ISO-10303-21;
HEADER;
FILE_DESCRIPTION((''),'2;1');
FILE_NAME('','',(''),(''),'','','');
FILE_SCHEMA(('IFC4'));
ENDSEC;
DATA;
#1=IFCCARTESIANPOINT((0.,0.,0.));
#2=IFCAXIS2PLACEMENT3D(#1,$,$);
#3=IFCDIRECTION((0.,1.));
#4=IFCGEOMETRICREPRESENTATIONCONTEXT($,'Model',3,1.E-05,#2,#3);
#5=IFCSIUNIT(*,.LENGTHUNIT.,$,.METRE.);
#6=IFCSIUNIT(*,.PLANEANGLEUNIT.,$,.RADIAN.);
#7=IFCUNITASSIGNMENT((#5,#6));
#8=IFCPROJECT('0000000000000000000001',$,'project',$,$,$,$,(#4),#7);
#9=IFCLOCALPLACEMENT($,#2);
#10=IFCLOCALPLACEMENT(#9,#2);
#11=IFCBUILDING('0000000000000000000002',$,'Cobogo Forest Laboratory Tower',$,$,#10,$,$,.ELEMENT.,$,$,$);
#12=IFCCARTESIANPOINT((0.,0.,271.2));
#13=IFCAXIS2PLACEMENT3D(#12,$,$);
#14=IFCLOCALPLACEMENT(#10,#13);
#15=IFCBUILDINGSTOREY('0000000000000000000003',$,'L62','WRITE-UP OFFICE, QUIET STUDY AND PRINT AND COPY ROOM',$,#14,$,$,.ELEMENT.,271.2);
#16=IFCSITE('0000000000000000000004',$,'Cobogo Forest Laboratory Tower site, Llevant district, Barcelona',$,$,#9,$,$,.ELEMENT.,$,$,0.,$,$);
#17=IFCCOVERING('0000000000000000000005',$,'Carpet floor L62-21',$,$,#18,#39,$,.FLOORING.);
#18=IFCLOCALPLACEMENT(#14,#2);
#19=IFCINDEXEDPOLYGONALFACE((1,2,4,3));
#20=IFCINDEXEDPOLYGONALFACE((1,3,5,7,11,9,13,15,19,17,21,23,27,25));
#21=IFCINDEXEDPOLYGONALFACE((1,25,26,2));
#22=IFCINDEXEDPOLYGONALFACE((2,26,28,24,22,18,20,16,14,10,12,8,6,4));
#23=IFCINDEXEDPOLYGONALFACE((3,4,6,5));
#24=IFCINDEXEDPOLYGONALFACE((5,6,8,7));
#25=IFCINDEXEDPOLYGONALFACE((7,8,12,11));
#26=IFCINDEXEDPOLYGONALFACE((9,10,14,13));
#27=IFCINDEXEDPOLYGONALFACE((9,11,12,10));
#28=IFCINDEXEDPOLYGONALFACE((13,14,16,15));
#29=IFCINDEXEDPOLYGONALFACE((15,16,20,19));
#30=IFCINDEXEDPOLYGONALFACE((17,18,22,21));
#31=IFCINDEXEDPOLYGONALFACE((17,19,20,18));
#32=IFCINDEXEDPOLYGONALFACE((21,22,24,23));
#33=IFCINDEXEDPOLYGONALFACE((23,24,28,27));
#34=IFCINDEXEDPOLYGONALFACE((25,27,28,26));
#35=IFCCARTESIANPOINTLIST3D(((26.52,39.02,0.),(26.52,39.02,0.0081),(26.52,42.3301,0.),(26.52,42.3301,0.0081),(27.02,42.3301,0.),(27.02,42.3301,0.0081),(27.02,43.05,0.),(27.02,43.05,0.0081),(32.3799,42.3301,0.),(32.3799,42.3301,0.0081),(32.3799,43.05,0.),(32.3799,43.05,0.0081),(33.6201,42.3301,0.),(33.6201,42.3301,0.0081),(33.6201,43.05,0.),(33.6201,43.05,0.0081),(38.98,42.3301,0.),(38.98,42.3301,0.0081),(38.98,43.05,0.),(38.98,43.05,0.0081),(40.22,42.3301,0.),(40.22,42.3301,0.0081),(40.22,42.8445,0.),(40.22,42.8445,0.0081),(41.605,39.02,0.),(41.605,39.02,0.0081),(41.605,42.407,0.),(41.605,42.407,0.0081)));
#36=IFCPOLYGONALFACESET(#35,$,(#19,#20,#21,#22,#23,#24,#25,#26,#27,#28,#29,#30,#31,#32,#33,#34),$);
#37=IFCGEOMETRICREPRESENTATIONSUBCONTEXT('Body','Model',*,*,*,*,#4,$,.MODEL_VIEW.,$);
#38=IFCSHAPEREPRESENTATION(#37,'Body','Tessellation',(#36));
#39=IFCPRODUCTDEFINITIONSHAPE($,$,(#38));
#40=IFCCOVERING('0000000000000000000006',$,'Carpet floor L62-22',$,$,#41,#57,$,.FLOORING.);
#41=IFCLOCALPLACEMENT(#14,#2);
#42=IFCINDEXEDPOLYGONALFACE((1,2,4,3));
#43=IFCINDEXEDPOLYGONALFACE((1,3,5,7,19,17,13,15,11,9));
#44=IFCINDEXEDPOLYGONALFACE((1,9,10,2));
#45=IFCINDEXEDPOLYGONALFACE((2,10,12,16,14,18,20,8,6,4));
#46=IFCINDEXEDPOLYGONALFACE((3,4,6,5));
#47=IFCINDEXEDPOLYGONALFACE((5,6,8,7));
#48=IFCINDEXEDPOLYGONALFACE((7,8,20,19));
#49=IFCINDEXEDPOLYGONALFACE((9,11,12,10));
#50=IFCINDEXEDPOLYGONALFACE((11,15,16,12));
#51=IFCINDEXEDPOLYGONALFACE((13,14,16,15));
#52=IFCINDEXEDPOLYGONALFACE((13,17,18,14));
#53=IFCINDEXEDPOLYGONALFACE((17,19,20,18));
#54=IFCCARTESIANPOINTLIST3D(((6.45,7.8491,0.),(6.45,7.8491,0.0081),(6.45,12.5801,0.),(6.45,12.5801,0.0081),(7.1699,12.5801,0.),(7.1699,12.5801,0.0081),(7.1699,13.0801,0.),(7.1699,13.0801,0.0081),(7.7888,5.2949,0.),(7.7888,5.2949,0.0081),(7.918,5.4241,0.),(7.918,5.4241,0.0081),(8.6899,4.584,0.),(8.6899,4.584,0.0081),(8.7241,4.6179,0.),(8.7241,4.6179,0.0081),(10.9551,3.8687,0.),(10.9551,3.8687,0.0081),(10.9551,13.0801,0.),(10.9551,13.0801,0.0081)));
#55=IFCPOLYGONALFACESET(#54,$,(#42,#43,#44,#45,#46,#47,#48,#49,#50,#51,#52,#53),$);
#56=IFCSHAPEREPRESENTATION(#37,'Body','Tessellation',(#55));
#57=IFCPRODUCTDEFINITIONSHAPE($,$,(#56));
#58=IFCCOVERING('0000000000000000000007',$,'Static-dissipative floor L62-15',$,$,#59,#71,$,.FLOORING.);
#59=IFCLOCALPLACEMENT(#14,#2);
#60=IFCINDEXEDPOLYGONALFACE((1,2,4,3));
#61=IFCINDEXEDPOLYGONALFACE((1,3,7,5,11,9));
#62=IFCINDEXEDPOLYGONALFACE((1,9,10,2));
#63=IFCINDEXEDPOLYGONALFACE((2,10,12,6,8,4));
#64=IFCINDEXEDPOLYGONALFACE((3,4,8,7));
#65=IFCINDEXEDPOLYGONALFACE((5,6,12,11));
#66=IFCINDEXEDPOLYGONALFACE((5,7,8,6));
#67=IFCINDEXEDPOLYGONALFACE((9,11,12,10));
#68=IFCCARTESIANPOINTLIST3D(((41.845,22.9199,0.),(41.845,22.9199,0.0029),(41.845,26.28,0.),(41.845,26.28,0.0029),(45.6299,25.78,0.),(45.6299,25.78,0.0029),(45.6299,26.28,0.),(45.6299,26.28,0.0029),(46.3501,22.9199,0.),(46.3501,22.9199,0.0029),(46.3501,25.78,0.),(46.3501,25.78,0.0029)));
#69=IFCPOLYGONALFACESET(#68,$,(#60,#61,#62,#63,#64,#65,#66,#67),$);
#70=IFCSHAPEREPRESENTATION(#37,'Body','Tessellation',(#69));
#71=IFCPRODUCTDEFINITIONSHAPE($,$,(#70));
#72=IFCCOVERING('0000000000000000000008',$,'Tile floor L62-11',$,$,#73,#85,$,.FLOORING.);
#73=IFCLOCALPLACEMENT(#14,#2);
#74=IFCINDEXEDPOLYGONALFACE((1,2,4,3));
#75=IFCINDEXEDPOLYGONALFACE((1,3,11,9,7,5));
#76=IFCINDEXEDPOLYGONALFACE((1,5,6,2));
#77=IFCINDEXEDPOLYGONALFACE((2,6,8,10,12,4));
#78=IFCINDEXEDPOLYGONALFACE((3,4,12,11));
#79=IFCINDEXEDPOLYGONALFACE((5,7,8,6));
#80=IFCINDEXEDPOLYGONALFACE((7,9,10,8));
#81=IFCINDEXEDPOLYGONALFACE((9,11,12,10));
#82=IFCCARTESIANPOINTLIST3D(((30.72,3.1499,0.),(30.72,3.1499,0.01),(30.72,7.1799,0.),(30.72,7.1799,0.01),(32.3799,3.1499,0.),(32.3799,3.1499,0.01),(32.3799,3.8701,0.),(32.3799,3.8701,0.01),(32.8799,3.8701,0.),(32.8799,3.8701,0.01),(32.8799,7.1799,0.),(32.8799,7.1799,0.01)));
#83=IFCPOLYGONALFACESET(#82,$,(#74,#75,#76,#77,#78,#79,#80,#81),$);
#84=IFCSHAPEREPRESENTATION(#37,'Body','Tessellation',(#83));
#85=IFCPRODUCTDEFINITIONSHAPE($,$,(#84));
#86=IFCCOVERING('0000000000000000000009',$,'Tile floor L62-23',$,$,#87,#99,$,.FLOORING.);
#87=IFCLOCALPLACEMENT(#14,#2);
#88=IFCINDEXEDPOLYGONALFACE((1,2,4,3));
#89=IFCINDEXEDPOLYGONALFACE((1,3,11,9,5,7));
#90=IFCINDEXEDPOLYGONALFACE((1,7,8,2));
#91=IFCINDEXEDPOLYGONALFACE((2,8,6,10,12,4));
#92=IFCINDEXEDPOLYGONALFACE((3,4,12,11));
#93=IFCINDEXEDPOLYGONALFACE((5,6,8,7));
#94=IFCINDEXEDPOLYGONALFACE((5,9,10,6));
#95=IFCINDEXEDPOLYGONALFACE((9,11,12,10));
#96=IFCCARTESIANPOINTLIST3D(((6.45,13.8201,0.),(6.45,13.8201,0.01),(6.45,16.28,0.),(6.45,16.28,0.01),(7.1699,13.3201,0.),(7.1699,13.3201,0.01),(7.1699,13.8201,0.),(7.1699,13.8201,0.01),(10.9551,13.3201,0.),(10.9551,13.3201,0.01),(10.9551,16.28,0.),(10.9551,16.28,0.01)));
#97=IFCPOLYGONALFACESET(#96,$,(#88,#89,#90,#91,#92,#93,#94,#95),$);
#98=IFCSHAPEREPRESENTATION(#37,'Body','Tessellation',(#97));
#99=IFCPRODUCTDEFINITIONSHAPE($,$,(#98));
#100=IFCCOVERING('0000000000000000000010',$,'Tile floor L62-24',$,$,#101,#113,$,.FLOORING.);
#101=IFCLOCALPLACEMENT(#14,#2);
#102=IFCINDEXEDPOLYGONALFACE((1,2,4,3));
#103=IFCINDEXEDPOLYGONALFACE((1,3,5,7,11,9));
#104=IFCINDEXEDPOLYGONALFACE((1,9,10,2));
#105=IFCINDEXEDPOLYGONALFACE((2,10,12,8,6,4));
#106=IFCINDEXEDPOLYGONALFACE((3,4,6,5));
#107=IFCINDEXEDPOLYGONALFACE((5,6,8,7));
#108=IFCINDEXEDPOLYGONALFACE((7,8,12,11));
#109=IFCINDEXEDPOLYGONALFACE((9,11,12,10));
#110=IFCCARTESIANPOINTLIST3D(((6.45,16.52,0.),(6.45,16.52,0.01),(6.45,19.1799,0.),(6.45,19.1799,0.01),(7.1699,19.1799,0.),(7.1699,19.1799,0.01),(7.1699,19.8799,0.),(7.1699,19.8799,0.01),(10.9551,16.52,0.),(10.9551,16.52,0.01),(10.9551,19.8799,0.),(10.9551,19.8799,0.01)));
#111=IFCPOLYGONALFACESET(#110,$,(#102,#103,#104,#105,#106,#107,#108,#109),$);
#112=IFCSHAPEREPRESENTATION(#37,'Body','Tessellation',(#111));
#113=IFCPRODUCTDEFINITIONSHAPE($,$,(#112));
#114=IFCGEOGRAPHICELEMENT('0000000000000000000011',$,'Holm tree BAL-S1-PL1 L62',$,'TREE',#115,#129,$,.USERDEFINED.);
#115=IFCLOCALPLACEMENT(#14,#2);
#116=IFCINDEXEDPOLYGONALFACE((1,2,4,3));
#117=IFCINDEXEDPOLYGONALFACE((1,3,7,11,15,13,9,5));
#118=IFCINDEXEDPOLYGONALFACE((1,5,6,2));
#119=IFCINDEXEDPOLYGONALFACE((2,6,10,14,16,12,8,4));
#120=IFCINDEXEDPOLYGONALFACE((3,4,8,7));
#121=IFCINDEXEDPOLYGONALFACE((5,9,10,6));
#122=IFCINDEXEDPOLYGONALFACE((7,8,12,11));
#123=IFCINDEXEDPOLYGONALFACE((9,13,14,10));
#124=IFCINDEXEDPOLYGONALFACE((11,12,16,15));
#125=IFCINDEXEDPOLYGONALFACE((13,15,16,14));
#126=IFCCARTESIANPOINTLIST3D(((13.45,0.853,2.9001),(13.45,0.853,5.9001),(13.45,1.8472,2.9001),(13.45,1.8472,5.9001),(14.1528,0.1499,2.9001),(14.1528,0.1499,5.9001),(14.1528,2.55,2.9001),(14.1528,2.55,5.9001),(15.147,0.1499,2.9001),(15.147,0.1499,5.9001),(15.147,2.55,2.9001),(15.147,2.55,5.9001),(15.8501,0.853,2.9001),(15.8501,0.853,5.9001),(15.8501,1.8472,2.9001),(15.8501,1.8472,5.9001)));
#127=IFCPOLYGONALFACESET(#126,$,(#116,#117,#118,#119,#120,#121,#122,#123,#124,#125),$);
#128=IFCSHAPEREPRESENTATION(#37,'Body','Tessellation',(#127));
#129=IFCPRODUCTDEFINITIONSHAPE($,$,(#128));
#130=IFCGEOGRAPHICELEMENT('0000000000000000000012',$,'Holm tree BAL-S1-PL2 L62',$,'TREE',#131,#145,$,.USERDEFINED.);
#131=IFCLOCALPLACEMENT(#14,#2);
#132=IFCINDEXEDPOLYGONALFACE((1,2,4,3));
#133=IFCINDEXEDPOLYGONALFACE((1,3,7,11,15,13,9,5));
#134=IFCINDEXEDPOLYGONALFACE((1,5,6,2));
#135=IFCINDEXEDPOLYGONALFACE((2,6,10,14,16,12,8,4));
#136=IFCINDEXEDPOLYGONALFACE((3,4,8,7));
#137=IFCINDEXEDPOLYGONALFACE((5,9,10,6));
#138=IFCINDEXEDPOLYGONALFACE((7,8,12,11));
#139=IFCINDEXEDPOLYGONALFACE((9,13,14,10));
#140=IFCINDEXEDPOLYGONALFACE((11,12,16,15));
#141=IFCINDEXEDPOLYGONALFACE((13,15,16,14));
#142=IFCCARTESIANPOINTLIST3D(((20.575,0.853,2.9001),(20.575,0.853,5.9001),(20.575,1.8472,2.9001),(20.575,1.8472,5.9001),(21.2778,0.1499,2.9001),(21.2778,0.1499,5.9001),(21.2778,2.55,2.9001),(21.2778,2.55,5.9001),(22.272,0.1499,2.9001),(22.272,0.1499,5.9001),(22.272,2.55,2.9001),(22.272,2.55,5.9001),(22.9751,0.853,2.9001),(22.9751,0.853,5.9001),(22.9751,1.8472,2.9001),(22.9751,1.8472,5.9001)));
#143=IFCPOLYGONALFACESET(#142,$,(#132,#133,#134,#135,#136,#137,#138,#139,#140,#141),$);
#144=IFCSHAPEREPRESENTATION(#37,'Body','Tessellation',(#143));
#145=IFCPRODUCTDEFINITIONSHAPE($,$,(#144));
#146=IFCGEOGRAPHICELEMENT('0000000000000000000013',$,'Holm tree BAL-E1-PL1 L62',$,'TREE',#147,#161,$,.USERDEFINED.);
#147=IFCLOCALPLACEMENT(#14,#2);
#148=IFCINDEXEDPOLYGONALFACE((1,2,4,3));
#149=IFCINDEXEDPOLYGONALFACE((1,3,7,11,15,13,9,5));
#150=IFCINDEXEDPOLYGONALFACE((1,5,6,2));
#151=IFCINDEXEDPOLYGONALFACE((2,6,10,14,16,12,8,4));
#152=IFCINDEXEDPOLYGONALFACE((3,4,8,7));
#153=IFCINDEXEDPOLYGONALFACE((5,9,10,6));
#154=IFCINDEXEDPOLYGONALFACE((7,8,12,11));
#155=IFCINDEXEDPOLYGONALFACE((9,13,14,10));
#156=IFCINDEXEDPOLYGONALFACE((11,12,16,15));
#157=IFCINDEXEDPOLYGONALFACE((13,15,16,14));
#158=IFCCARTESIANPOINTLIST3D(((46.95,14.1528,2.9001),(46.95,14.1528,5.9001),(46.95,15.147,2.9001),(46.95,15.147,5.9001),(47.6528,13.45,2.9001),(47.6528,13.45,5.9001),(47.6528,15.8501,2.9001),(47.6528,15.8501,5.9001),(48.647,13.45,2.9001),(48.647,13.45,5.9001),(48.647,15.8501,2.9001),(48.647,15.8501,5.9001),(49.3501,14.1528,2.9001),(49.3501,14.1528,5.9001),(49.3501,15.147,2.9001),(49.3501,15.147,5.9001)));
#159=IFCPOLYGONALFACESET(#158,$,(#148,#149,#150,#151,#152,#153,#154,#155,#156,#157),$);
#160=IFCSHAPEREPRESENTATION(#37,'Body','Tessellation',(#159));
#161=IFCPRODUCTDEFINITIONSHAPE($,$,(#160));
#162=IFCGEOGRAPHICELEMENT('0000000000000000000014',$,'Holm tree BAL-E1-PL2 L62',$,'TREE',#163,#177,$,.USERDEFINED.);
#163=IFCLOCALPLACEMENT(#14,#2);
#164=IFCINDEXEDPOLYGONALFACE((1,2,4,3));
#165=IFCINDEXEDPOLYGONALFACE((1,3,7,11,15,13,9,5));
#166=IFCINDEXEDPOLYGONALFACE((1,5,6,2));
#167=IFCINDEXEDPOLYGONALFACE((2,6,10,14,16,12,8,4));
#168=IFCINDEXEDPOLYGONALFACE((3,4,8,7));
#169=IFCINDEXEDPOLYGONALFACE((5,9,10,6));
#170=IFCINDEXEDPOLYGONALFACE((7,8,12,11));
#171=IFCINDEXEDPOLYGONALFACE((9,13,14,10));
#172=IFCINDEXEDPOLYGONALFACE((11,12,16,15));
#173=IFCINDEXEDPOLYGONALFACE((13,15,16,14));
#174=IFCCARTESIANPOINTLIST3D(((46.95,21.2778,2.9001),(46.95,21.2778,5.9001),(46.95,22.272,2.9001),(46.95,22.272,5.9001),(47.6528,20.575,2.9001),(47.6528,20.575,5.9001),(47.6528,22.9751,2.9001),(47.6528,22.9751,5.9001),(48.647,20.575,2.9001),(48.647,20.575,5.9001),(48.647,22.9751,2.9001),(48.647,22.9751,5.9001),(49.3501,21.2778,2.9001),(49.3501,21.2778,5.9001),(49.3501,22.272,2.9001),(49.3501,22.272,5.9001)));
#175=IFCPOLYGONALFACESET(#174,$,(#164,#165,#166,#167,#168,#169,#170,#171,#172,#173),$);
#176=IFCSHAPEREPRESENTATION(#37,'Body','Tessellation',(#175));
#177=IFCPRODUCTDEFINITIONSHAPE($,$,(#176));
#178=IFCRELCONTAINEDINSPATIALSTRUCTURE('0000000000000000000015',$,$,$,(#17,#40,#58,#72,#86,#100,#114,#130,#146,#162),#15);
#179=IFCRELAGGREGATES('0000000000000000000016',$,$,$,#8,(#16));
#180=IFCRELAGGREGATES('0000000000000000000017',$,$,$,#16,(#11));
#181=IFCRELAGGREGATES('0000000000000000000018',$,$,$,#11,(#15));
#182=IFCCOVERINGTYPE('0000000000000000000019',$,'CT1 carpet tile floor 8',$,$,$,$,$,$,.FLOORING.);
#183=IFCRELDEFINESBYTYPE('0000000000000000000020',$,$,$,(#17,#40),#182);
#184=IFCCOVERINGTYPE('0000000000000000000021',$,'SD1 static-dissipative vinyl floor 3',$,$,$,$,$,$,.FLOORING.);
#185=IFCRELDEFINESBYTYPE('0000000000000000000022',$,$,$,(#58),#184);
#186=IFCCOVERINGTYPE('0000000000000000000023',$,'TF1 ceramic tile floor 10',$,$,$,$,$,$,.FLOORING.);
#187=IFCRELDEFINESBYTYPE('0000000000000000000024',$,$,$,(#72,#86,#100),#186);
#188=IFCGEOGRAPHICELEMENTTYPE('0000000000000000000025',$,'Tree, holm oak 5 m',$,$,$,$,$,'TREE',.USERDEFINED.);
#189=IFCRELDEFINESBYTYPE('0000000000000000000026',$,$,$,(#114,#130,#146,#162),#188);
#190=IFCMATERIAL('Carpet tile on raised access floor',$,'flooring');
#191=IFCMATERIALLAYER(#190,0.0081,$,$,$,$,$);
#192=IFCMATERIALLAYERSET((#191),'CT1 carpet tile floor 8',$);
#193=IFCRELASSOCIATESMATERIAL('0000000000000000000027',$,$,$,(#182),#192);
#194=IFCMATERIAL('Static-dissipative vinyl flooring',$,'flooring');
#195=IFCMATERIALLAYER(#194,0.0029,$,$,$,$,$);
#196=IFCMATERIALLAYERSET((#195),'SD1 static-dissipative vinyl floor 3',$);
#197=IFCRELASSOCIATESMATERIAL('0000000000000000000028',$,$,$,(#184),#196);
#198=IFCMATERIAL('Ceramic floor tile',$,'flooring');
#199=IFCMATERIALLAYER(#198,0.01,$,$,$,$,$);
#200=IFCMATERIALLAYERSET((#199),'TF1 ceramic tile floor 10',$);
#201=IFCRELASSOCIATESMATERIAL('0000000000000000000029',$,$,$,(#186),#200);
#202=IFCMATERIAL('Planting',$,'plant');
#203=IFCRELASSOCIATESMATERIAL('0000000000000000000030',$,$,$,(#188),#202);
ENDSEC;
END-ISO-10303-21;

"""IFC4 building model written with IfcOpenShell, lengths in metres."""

from ifc_helpers import new_model, si_unit, direction, frame, origin, place, context, subcontext, project, spatial, polyline, outline, extrude, material, layer, layer_set, type_object, element, save


model = new_model("IFC4")

# Units and contexts
model_context = context("Model", 3, precision=1e-05, world=origin(), true_north=direction((0.0, 1.0)))
body_context = subcontext(model_context, "Body", "Model", "MODEL_VIEW")
ifc_project = project(units=[si_unit("LENGTHUNIT", "METRE"), si_unit("PLANEANGLEUNIT", "RADIAN")], contexts=[model_context])

# Site, building, storey
site_placement = place(None, origin())
site = spatial("IfcSite", under=ifc_project, at=site_placement, Name="Cobogo Forest Laboratory Tower site, Llevant district, Barcelona", CompositionType="ELEMENT", RefElevation=0.0)
building_placement = place(site_placement, origin())
building = spatial("IfcBuilding", under=site, at=building_placement, Name="Cobogo Forest Laboratory Tower", CompositionType="ELEMENT")
storey_placement = place(building_placement, frame((0.0, 0.0, 271.2)))
storey = spatial("IfcBuildingStorey", under=building, at=storey_placement, Name="L62", Description="WRITE-UP OFFICE, QUIET STUDY AND PRINT AND COPY ROOM", CompositionType="ELEMENT", Elevation=271.2)

# Coverings
ifc_material_1 = material(Name="Carpet tile on raised access floor", Category="flooring")
ifc_layer_1 = layer(ifc_material_1, 0.0081)
ifc_layer_set_1 = layer_set([ifc_layer_1], Name="CT1 carpet tile floor 8")
covering_type_1 = type_object("IfcCoveringType", Name="CT1 carpet tile floor 8", PredefinedType="FLOORING", material=ifc_layer_set_1)
covering_1_placement = place(storey_placement, origin())
element("IfcCovering", 1, at=covering_1_placement, inside=storey, type_object=covering_type_1, Name="Carpet floor L62-21", PredefinedType="FLOORING", context=body_context, shape_type="SweptSolid", body=[
    extrude(outline(polyline([(26.52, 39.02), (26.52, 42.3301), (27.02, 42.3301), (27.02, 43.05), (32.3799, 43.05), (32.3799, 42.3301), (33.6201, 42.3301), (33.6201, 43.05), (38.98, 43.05), (38.98, 42.3301), (40.22, 42.3301), (40.22, 42.8445), (41.605, 42.407), (41.605, 39.02), (26.52, 39.02)])), origin(), (0.0, 0.0, 1.0), 0.0081),
])
covering_2_placement = place(storey_placement, origin())
element("IfcCovering", 2, at=covering_2_placement, inside=storey, type_object=covering_type_1, Name="Carpet floor L62-22", PredefinedType="FLOORING", context=body_context, shape_type="SweptSolid", body=[
    extrude(outline(polyline([(8.6899, 4.584), (8.7241, 4.6179), (7.918, 5.4241), (7.7888, 5.2949), (6.45, 7.8491), (6.45, 12.5801), (7.1699, 12.5801), (7.1699, 13.0801), (10.9551, 13.0801), (10.9551, 3.8687), (8.6899, 4.584)])), origin(), (0.0, 0.0, 1.0), 0.0081),
])
ifc_material_2 = material(Name="Static-dissipative vinyl flooring", Category="flooring")
ifc_layer_2 = layer(ifc_material_2, 0.0029)
ifc_layer_set_2 = layer_set([ifc_layer_2], Name="SD1 static-dissipative vinyl floor 3")
covering_type_2 = type_object("IfcCoveringType", Name="SD1 static-dissipative vinyl floor 3", PredefinedType="FLOORING", material=ifc_layer_set_2)
covering_3_placement = place(storey_placement, origin())
element("IfcCovering", 3, at=covering_3_placement, inside=storey, type_object=covering_type_2, Name="Static-dissipative floor L62-15", PredefinedType="FLOORING", context=body_context, shape_type="SweptSolid", body=[
    extrude(outline(polyline([(41.845, 26.28), (45.6299, 26.28), (45.6299, 25.78), (46.3501, 25.78), (46.3501, 22.9199), (41.845, 22.9199), (41.845, 26.28)])), origin(), (0.0, 0.0, 1.0), 0.0029),
])
ifc_material_3 = material(Name="Ceramic floor tile", Category="flooring")
ifc_layer_3 = layer(ifc_material_3, 0.01)
ifc_layer_set_3 = layer_set([ifc_layer_3], Name="TF1 ceramic tile floor 10")
covering_type_3 = type_object("IfcCoveringType", Name="TF1 ceramic tile floor 10", PredefinedType="FLOORING", material=ifc_layer_set_3)
covering_4_placement = place(storey_placement, origin())
element("IfcCovering", 4, at=covering_4_placement, inside=storey, type_object=covering_type_3, Name="Tile floor L62-11", PredefinedType="FLOORING", context=body_context, shape_type="SweptSolid", body=[
    extrude(outline(polyline([(32.8799, 7.1799), (32.8799, 3.8701), (32.3799, 3.8701), (32.3799, 3.1499), (30.72, 3.1499), (30.72, 7.1799), (32.8799, 7.1799)])), origin(), (0.0, 0.0, 1.0), 0.01),
])
covering_5_placement = place(storey_placement, origin())
element("IfcCovering", 5, at=covering_5_placement, inside=storey, type_object=covering_type_3, Name="Tile floor L62-23", PredefinedType="FLOORING", context=body_context, shape_type="SweptSolid", body=[
    extrude(outline(polyline([(10.9551, 13.3201), (7.1699, 13.3201), (7.1699, 13.8201), (6.45, 13.8201), (6.45, 16.28), (10.9551, 16.28), (10.9551, 13.3201)])), origin(), (0.0, 0.0, 1.0), 0.01),
])
covering_6_placement = place(storey_placement, origin())
element("IfcCovering", 6, at=covering_6_placement, inside=storey, type_object=covering_type_3, Name="Tile floor L62-24", PredefinedType="FLOORING", context=body_context, shape_type="SweptSolid", body=[
    extrude(outline(polyline([(10.9551, 16.52), (6.45, 16.52), (6.45, 19.1799), (7.1699, 19.1799), (7.1699, 19.8799), (10.9551, 19.8799), (10.9551, 16.52)])), origin(), (0.0, 0.0, 1.0), 0.01),
])

# Geographic elements
ifc_material_4 = material(Name="Planting", Category="plant")
geographic_element_type = type_object("IfcGeographicElementType", Name="Tree, holm oak 5 m", ElementType="TREE", PredefinedType="USERDEFINED", material=ifc_material_4)
geographic_element_1_placement = place(storey_placement, frame((0.0, 0.0, 2.9001)))
element("IfcGeographicElement", 7, at=geographic_element_1_placement, inside=storey, type_object=geographic_element_type, Name="Holm tree BAL-S1-PL1 L62", ObjectType="TREE", PredefinedType="USERDEFINED", context=body_context, shape_type="SweptSolid", body=[
    extrude(outline(polyline([(15.8501, 0.853), (15.8501, 1.8472), (15.147, 2.55), (14.1528, 2.55), (13.45, 1.8472), (13.45, 0.853), (14.1528, 0.1499), (15.147, 0.1499), (15.8501, 0.853)])), origin(), (0.0, 0.0, 1.0), 3.0),
])
geographic_element_2_placement = place(storey_placement, frame((0.0, 0.0, 2.9001)))
element("IfcGeographicElement", 8, at=geographic_element_2_placement, inside=storey, type_object=geographic_element_type, Name="Holm tree BAL-S1-PL2 L62", ObjectType="TREE", PredefinedType="USERDEFINED", context=body_context, shape_type="SweptSolid", body=[
    extrude(outline(polyline([(22.9751, 0.853), (22.9751, 1.8472), (22.272, 2.55), (21.2778, 2.55), (20.575, 1.8472), (20.575, 0.853), (21.2778, 0.1499), (22.272, 0.1499), (22.9751, 0.853)])), origin(), (0.0, 0.0, 1.0), 3.0),
])
geographic_element_3_placement = place(storey_placement, frame((0.0, 0.0, 2.9001)))
element("IfcGeographicElement", 9, at=geographic_element_3_placement, inside=storey, type_object=geographic_element_type, Name="Holm tree BAL-E1-PL1 L62", ObjectType="TREE", PredefinedType="USERDEFINED", context=body_context, shape_type="SweptSolid", body=[
    extrude(outline(polyline([(49.3501, 14.1528), (49.3501, 15.147), (48.647, 15.8501), (47.6528, 15.8501), (46.95, 15.147), (46.95, 14.1528), (47.6528, 13.45), (48.647, 13.45), (49.3501, 14.1528)])), origin(), (0.0, 0.0, 1.0), 3.0),
])
geographic_element_4_placement = place(storey_placement, frame((0.0, 0.0, 2.9001)))
element("IfcGeographicElement", 10, at=geographic_element_4_placement, inside=storey, type_object=geographic_element_type, Name="Holm tree BAL-E1-PL2 L62", ObjectType="TREE", PredefinedType="USERDEFINED", context=body_context, shape_type="SweptSolid", body=[
    extrude(outline(polyline([(49.3501, 21.2778), (49.3501, 22.272), (48.647, 22.9751), (47.6528, 22.9751), (46.95, 22.272), (46.95, 21.2778), (47.6528, 20.575), (48.647, 20.575), (49.3501, 21.2778)])), origin(), (0.0, 0.0, 1.0), 3.0),
])

save(model, "model.ifc")
